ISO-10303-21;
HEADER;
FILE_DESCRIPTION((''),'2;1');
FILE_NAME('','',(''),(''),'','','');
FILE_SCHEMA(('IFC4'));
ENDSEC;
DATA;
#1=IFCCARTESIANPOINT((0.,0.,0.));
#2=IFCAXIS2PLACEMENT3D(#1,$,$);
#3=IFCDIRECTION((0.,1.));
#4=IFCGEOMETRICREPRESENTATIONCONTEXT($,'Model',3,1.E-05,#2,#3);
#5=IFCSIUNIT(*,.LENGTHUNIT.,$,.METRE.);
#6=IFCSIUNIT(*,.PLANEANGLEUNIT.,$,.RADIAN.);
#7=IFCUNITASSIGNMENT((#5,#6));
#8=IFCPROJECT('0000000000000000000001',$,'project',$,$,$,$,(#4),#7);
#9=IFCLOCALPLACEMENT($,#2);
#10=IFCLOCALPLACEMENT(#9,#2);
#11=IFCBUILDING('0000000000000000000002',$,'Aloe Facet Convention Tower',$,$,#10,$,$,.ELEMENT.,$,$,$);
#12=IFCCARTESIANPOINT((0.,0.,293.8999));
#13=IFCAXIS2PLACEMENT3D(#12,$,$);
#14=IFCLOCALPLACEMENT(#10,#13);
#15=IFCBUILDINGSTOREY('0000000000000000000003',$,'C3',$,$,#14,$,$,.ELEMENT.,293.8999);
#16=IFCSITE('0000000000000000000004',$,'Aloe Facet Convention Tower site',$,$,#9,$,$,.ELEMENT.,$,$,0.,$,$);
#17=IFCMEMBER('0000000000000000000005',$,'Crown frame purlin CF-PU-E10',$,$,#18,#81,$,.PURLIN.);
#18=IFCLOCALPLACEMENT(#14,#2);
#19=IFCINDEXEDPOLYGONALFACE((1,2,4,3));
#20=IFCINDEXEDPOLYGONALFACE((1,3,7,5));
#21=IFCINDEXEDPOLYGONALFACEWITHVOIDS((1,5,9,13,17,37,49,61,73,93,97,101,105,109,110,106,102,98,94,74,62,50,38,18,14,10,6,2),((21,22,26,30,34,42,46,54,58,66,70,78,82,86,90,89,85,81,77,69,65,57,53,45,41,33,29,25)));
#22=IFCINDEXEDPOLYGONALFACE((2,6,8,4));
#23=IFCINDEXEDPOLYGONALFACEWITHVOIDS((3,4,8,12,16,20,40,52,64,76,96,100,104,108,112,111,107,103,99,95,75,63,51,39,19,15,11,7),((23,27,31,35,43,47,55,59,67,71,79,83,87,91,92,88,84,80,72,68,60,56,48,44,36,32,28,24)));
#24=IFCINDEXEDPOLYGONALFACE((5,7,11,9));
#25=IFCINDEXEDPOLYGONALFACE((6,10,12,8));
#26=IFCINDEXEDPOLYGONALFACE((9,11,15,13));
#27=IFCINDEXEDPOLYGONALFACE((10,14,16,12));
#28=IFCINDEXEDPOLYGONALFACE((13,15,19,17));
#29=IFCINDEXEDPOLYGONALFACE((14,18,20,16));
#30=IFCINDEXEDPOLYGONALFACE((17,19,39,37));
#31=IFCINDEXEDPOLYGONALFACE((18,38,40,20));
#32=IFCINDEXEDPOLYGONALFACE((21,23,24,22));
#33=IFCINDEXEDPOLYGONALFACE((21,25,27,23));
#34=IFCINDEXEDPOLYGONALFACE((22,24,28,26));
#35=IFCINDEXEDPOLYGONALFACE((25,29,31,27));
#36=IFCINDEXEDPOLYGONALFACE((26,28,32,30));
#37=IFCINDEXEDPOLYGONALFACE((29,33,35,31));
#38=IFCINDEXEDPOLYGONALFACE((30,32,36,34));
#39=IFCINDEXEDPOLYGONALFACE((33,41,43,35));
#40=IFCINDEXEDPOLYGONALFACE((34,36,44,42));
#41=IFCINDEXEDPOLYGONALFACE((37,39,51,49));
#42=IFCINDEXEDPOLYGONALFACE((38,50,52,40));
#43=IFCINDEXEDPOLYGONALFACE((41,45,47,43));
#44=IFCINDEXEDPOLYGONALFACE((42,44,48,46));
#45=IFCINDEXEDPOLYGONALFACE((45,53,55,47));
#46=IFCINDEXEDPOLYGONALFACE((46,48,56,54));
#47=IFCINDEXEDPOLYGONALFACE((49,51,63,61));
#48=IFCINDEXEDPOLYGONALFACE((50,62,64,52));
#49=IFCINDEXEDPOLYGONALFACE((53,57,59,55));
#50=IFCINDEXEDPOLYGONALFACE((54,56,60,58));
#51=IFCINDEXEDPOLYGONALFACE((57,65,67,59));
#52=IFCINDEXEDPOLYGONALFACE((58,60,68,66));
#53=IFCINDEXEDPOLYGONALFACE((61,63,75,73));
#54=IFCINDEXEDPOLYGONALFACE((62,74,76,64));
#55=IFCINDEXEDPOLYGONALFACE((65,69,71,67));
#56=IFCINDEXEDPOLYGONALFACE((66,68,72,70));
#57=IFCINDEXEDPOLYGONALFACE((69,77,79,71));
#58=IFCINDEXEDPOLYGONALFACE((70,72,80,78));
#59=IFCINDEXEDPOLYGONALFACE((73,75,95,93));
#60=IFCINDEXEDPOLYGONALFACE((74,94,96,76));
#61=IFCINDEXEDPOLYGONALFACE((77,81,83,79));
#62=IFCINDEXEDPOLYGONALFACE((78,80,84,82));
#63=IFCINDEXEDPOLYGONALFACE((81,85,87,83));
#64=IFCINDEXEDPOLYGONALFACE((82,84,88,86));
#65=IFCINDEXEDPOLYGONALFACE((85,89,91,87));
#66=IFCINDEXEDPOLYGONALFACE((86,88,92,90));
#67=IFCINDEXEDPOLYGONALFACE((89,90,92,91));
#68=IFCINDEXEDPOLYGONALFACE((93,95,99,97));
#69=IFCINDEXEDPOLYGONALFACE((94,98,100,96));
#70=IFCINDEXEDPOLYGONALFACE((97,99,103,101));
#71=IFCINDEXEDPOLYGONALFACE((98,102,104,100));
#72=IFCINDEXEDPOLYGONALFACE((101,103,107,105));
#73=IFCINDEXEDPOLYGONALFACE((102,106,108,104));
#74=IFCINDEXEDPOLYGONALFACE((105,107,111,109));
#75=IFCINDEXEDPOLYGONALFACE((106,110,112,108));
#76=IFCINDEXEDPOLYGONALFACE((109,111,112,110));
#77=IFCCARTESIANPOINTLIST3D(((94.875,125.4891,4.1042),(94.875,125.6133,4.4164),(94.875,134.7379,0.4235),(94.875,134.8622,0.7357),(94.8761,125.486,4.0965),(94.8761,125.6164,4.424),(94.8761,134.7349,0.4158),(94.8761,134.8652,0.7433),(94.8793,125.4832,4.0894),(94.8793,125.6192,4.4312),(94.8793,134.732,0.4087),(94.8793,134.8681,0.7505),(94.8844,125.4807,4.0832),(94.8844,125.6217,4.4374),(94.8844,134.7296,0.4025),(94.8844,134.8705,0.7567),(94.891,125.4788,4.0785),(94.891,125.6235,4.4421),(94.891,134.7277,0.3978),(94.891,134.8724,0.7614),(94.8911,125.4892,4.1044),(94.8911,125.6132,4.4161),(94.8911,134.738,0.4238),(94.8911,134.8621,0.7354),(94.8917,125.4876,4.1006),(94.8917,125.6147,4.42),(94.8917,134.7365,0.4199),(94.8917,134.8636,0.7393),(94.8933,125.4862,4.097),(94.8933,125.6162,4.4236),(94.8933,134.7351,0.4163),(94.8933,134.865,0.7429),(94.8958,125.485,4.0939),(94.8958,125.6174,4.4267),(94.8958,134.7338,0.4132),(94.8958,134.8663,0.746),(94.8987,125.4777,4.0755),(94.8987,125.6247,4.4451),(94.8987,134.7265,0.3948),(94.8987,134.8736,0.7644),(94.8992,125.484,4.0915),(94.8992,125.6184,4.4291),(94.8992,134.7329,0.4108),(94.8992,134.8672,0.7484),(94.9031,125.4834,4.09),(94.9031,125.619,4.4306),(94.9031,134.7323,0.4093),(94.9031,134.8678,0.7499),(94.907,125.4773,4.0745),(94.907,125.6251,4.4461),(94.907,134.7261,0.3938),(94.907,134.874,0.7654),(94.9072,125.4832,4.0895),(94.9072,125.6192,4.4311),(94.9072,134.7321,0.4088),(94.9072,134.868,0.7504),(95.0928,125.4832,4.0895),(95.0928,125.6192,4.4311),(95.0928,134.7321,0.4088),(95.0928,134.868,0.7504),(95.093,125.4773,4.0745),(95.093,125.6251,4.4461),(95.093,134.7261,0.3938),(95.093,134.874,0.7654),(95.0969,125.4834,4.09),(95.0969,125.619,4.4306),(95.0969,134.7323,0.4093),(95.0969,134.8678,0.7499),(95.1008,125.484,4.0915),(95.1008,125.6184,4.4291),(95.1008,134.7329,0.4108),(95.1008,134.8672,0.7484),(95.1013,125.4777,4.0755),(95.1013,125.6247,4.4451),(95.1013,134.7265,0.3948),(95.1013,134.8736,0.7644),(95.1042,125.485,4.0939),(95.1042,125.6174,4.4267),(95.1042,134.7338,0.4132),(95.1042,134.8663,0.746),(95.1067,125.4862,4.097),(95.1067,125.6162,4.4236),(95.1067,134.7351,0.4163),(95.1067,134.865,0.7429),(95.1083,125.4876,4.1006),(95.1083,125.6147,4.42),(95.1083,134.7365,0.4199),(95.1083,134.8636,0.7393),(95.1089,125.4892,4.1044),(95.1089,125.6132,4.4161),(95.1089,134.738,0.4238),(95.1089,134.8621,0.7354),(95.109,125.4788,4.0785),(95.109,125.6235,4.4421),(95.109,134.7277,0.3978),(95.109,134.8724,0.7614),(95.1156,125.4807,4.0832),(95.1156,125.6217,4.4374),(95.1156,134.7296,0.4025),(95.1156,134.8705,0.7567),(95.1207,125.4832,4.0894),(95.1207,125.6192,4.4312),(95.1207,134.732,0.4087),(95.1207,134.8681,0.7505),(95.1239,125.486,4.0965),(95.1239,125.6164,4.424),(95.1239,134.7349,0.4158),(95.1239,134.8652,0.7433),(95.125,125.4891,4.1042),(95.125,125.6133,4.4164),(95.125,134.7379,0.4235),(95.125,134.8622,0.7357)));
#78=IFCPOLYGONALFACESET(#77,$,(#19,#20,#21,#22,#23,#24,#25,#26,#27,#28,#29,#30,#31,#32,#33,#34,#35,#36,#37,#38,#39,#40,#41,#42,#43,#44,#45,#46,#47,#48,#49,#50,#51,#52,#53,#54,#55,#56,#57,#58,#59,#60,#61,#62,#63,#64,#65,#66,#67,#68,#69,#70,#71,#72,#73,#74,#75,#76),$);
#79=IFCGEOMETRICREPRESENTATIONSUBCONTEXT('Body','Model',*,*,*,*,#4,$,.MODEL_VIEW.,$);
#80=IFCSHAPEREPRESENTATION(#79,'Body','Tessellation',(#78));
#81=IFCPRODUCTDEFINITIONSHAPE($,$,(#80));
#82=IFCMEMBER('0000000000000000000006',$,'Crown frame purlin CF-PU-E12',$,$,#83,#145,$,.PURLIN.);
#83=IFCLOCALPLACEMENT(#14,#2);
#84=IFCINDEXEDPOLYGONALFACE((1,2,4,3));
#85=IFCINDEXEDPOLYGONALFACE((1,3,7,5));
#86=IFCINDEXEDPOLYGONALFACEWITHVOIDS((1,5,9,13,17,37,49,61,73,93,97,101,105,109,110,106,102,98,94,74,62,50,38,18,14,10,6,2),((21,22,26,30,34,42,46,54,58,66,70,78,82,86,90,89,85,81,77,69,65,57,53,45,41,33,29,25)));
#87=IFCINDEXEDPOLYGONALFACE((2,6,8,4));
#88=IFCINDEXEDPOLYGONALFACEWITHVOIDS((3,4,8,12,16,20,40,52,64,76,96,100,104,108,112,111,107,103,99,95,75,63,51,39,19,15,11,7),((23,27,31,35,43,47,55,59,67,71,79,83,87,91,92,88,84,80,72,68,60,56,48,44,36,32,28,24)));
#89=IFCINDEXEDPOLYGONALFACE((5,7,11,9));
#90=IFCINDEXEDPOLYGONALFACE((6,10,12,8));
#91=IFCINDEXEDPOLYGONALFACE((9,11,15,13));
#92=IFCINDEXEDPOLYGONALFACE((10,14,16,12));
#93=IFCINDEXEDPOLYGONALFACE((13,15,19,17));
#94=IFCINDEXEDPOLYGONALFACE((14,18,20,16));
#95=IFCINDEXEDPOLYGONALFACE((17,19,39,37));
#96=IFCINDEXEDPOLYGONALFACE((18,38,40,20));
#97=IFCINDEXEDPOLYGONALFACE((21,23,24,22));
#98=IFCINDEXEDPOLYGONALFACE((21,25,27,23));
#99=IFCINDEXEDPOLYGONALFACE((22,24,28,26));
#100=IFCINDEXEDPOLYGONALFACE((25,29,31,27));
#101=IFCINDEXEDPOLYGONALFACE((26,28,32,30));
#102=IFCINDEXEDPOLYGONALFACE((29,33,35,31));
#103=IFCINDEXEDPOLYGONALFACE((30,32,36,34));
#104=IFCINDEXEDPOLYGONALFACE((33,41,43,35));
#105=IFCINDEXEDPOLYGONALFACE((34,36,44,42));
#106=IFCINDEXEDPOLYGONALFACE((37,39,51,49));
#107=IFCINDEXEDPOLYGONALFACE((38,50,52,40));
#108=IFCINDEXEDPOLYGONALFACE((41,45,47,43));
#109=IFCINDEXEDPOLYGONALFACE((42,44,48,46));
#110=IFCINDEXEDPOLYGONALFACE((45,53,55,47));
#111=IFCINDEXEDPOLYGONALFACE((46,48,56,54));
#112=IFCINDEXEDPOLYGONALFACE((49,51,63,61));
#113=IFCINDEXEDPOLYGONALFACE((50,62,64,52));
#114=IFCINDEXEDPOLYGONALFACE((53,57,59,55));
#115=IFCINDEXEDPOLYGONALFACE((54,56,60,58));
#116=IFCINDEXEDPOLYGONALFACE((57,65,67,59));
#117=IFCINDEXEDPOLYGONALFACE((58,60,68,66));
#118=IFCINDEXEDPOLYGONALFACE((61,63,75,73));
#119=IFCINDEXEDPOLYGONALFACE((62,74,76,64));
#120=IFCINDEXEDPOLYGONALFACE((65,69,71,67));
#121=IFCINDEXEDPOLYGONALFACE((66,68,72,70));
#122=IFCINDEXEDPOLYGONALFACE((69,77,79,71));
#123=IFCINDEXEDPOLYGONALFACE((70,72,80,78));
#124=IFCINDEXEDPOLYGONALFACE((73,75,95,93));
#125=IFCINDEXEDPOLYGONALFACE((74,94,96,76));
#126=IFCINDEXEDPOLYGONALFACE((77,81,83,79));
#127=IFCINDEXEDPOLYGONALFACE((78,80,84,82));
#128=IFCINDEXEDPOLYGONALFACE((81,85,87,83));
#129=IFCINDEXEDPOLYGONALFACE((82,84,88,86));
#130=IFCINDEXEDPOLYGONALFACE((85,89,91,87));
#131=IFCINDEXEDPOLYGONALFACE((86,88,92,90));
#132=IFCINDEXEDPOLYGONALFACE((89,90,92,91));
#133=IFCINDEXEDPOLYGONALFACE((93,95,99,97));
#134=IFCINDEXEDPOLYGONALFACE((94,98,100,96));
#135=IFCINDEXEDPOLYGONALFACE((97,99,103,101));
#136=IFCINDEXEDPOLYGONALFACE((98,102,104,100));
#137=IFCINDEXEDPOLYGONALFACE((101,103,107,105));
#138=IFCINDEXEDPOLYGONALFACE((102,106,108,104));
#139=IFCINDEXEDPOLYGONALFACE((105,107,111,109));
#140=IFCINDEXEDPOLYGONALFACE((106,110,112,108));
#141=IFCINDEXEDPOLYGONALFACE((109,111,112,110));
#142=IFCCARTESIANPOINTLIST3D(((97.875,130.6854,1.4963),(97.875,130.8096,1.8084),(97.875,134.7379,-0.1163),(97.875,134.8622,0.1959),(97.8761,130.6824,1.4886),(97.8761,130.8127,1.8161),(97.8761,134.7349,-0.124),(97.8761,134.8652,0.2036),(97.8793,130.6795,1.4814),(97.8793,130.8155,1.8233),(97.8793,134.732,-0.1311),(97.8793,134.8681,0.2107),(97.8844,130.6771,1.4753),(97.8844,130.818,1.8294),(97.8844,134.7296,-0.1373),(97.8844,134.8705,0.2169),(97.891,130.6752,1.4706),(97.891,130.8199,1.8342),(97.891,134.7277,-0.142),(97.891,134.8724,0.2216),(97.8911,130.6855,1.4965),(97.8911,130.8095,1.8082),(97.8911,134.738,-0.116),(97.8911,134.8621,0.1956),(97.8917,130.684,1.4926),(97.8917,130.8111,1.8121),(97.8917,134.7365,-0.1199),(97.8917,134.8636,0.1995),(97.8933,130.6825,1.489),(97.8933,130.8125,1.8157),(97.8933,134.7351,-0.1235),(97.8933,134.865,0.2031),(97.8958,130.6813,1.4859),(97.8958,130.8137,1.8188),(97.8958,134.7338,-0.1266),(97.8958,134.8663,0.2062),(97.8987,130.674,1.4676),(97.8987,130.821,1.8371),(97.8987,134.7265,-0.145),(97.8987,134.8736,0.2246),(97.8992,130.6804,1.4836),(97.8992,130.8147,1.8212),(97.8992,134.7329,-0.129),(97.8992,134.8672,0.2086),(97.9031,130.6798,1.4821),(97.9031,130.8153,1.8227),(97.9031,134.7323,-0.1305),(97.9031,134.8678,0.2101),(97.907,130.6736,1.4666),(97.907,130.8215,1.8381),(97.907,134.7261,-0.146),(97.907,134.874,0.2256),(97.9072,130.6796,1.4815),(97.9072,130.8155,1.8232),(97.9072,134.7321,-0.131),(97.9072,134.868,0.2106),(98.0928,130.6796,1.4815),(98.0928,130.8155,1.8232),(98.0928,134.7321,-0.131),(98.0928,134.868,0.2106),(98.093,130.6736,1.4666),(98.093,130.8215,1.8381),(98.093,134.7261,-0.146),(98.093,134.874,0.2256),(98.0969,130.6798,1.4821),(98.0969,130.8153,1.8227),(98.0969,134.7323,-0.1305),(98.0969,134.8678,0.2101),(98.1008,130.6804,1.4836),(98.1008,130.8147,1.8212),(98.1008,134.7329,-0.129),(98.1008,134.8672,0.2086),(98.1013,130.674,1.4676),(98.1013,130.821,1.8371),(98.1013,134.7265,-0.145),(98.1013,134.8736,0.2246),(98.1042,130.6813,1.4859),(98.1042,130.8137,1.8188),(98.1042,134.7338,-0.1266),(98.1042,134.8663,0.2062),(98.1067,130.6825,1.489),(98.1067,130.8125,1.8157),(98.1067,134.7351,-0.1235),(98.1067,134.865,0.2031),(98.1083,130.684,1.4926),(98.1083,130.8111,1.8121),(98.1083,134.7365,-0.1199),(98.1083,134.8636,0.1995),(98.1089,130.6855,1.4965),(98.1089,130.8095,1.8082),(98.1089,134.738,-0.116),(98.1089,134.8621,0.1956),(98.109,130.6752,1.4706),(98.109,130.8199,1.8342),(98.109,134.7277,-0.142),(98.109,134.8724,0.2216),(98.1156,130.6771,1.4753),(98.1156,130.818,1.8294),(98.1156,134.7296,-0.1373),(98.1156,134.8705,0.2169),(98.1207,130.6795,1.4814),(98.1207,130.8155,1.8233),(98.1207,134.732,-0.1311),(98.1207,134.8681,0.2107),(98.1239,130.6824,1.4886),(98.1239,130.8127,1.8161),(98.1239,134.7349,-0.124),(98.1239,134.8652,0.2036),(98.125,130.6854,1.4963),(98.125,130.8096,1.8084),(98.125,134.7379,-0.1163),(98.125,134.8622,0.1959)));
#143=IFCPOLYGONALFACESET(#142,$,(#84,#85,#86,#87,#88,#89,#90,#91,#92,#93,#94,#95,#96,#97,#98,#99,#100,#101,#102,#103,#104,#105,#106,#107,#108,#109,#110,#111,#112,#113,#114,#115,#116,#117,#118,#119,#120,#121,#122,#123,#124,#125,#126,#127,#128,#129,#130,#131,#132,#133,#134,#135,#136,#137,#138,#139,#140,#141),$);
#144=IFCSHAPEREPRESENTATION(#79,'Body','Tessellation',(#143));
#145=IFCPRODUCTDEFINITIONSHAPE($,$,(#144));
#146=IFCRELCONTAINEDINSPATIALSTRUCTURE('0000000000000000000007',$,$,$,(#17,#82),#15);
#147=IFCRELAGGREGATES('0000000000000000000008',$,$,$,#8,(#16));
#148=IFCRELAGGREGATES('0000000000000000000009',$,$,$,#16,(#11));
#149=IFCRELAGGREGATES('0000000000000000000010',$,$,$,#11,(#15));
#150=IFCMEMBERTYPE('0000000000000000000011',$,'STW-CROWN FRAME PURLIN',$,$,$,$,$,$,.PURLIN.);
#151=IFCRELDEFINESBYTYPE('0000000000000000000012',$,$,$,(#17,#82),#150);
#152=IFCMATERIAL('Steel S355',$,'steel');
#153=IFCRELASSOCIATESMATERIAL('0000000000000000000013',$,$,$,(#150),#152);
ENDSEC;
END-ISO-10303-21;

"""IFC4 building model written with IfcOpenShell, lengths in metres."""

from ifc_helpers import new_model, si_unit, direction, frame, origin, origin_2d, place, context, subcontext, project, spatial, hollow_rectangle, extrude, material, material_profile, profile_set, type_object, element, save


model = new_model("IFC4")

# Units and contexts
model_context = context("Model", 3, precision=1e-05, world=origin(), true_north=direction((0.0, 1.0)))
body_context = subcontext(model_context, "Body", "Model", "MODEL_VIEW")
ifc_project = project(units=[si_unit("LENGTHUNIT", "METRE"), si_unit("PLANEANGLEUNIT", "RADIAN")], contexts=[model_context])

# Site, building, storey
site_placement = place(None, origin())
site = spatial("IfcSite", under=ifc_project, at=site_placement, Name="Aloe Facet Convention Tower site", CompositionType="ELEMENT", RefElevation=0.0)
building_placement = place(site_placement, origin())
building = spatial("IfcBuilding", under=site, at=building_placement, Name="Aloe Facet Convention Tower", CompositionType="ELEMENT")
storey_placement = place(building_placement, frame((0.0, 0.0, 293.8999)))
storey = spatial("IfcBuildingStorey", under=building, at=storey_placement, Name="C3", CompositionType="ELEMENT", Elevation=293.8999)

# Members
ifc_material_1 = material(Name="Steel S355", Category="steel")
ifc_material_profile_1 = material_profile(ifc_material_1, hollow_rectangle(XDim=0.25, YDim=0.3999, WallThickness=0.0161, InnerFilletRadius=0.0161, OuterFilletRadius=0.032, at=origin_2d()), Name="RHS 400x250x16")
ifc_profile_set_1 = profile_set([ifc_material_profile_1], Name="Steel S355")
member_type_1 = type_object("IfcMemberType", Name="STW-CROWN FRAME PURLIN", PredefinedType="PURLIN", material=ifc_profile_set_1)
member_1_placement = place(storey_placement, frame((95.0, 134.8, 0.5796), z_axis=(0.0, -0.929128, 0.369758), x_axis=(1.0, 0.0, 0.0)))
element("IfcMember", 1, at=member_1_placement, inside=storey, type_object=member_type_1, Name="Crown frame purlin CF-PU-E10", PredefinedType="PURLIN", context=body_context, shape_type="SweptSolid", body=[
    extrude(hollow_rectangle(XDim=0.25, YDim=0.3999, WallThickness=0.0161, InnerFilletRadius=0.0161, OuterFilletRadius=0.032, at=origin_2d()), origin(), (0.0, 0.0, 1.0), 9.9543),
])
member_2_placement = place(storey_placement, frame((98.0, 134.8, 0.0398), z_axis=(0.0, -0.929143, 0.36972), x_axis=(1.0, 0.0, 0.0)))
element("IfcMember", 2, at=member_2_placement, inside=storey, type_object=member_type_1, Name="Crown frame purlin CF-PU-E12", PredefinedType="PURLIN", context=body_context, shape_type="SweptSolid", body=[
    extrude(hollow_rectangle(XDim=0.25, YDim=0.3999, WallThickness=0.0161, InnerFilletRadius=0.0161, OuterFilletRadius=0.032, at=origin_2d()), origin(), (0.0, 0.0, 1.0), 4.3616),
])

save(model, "model.ifc")
